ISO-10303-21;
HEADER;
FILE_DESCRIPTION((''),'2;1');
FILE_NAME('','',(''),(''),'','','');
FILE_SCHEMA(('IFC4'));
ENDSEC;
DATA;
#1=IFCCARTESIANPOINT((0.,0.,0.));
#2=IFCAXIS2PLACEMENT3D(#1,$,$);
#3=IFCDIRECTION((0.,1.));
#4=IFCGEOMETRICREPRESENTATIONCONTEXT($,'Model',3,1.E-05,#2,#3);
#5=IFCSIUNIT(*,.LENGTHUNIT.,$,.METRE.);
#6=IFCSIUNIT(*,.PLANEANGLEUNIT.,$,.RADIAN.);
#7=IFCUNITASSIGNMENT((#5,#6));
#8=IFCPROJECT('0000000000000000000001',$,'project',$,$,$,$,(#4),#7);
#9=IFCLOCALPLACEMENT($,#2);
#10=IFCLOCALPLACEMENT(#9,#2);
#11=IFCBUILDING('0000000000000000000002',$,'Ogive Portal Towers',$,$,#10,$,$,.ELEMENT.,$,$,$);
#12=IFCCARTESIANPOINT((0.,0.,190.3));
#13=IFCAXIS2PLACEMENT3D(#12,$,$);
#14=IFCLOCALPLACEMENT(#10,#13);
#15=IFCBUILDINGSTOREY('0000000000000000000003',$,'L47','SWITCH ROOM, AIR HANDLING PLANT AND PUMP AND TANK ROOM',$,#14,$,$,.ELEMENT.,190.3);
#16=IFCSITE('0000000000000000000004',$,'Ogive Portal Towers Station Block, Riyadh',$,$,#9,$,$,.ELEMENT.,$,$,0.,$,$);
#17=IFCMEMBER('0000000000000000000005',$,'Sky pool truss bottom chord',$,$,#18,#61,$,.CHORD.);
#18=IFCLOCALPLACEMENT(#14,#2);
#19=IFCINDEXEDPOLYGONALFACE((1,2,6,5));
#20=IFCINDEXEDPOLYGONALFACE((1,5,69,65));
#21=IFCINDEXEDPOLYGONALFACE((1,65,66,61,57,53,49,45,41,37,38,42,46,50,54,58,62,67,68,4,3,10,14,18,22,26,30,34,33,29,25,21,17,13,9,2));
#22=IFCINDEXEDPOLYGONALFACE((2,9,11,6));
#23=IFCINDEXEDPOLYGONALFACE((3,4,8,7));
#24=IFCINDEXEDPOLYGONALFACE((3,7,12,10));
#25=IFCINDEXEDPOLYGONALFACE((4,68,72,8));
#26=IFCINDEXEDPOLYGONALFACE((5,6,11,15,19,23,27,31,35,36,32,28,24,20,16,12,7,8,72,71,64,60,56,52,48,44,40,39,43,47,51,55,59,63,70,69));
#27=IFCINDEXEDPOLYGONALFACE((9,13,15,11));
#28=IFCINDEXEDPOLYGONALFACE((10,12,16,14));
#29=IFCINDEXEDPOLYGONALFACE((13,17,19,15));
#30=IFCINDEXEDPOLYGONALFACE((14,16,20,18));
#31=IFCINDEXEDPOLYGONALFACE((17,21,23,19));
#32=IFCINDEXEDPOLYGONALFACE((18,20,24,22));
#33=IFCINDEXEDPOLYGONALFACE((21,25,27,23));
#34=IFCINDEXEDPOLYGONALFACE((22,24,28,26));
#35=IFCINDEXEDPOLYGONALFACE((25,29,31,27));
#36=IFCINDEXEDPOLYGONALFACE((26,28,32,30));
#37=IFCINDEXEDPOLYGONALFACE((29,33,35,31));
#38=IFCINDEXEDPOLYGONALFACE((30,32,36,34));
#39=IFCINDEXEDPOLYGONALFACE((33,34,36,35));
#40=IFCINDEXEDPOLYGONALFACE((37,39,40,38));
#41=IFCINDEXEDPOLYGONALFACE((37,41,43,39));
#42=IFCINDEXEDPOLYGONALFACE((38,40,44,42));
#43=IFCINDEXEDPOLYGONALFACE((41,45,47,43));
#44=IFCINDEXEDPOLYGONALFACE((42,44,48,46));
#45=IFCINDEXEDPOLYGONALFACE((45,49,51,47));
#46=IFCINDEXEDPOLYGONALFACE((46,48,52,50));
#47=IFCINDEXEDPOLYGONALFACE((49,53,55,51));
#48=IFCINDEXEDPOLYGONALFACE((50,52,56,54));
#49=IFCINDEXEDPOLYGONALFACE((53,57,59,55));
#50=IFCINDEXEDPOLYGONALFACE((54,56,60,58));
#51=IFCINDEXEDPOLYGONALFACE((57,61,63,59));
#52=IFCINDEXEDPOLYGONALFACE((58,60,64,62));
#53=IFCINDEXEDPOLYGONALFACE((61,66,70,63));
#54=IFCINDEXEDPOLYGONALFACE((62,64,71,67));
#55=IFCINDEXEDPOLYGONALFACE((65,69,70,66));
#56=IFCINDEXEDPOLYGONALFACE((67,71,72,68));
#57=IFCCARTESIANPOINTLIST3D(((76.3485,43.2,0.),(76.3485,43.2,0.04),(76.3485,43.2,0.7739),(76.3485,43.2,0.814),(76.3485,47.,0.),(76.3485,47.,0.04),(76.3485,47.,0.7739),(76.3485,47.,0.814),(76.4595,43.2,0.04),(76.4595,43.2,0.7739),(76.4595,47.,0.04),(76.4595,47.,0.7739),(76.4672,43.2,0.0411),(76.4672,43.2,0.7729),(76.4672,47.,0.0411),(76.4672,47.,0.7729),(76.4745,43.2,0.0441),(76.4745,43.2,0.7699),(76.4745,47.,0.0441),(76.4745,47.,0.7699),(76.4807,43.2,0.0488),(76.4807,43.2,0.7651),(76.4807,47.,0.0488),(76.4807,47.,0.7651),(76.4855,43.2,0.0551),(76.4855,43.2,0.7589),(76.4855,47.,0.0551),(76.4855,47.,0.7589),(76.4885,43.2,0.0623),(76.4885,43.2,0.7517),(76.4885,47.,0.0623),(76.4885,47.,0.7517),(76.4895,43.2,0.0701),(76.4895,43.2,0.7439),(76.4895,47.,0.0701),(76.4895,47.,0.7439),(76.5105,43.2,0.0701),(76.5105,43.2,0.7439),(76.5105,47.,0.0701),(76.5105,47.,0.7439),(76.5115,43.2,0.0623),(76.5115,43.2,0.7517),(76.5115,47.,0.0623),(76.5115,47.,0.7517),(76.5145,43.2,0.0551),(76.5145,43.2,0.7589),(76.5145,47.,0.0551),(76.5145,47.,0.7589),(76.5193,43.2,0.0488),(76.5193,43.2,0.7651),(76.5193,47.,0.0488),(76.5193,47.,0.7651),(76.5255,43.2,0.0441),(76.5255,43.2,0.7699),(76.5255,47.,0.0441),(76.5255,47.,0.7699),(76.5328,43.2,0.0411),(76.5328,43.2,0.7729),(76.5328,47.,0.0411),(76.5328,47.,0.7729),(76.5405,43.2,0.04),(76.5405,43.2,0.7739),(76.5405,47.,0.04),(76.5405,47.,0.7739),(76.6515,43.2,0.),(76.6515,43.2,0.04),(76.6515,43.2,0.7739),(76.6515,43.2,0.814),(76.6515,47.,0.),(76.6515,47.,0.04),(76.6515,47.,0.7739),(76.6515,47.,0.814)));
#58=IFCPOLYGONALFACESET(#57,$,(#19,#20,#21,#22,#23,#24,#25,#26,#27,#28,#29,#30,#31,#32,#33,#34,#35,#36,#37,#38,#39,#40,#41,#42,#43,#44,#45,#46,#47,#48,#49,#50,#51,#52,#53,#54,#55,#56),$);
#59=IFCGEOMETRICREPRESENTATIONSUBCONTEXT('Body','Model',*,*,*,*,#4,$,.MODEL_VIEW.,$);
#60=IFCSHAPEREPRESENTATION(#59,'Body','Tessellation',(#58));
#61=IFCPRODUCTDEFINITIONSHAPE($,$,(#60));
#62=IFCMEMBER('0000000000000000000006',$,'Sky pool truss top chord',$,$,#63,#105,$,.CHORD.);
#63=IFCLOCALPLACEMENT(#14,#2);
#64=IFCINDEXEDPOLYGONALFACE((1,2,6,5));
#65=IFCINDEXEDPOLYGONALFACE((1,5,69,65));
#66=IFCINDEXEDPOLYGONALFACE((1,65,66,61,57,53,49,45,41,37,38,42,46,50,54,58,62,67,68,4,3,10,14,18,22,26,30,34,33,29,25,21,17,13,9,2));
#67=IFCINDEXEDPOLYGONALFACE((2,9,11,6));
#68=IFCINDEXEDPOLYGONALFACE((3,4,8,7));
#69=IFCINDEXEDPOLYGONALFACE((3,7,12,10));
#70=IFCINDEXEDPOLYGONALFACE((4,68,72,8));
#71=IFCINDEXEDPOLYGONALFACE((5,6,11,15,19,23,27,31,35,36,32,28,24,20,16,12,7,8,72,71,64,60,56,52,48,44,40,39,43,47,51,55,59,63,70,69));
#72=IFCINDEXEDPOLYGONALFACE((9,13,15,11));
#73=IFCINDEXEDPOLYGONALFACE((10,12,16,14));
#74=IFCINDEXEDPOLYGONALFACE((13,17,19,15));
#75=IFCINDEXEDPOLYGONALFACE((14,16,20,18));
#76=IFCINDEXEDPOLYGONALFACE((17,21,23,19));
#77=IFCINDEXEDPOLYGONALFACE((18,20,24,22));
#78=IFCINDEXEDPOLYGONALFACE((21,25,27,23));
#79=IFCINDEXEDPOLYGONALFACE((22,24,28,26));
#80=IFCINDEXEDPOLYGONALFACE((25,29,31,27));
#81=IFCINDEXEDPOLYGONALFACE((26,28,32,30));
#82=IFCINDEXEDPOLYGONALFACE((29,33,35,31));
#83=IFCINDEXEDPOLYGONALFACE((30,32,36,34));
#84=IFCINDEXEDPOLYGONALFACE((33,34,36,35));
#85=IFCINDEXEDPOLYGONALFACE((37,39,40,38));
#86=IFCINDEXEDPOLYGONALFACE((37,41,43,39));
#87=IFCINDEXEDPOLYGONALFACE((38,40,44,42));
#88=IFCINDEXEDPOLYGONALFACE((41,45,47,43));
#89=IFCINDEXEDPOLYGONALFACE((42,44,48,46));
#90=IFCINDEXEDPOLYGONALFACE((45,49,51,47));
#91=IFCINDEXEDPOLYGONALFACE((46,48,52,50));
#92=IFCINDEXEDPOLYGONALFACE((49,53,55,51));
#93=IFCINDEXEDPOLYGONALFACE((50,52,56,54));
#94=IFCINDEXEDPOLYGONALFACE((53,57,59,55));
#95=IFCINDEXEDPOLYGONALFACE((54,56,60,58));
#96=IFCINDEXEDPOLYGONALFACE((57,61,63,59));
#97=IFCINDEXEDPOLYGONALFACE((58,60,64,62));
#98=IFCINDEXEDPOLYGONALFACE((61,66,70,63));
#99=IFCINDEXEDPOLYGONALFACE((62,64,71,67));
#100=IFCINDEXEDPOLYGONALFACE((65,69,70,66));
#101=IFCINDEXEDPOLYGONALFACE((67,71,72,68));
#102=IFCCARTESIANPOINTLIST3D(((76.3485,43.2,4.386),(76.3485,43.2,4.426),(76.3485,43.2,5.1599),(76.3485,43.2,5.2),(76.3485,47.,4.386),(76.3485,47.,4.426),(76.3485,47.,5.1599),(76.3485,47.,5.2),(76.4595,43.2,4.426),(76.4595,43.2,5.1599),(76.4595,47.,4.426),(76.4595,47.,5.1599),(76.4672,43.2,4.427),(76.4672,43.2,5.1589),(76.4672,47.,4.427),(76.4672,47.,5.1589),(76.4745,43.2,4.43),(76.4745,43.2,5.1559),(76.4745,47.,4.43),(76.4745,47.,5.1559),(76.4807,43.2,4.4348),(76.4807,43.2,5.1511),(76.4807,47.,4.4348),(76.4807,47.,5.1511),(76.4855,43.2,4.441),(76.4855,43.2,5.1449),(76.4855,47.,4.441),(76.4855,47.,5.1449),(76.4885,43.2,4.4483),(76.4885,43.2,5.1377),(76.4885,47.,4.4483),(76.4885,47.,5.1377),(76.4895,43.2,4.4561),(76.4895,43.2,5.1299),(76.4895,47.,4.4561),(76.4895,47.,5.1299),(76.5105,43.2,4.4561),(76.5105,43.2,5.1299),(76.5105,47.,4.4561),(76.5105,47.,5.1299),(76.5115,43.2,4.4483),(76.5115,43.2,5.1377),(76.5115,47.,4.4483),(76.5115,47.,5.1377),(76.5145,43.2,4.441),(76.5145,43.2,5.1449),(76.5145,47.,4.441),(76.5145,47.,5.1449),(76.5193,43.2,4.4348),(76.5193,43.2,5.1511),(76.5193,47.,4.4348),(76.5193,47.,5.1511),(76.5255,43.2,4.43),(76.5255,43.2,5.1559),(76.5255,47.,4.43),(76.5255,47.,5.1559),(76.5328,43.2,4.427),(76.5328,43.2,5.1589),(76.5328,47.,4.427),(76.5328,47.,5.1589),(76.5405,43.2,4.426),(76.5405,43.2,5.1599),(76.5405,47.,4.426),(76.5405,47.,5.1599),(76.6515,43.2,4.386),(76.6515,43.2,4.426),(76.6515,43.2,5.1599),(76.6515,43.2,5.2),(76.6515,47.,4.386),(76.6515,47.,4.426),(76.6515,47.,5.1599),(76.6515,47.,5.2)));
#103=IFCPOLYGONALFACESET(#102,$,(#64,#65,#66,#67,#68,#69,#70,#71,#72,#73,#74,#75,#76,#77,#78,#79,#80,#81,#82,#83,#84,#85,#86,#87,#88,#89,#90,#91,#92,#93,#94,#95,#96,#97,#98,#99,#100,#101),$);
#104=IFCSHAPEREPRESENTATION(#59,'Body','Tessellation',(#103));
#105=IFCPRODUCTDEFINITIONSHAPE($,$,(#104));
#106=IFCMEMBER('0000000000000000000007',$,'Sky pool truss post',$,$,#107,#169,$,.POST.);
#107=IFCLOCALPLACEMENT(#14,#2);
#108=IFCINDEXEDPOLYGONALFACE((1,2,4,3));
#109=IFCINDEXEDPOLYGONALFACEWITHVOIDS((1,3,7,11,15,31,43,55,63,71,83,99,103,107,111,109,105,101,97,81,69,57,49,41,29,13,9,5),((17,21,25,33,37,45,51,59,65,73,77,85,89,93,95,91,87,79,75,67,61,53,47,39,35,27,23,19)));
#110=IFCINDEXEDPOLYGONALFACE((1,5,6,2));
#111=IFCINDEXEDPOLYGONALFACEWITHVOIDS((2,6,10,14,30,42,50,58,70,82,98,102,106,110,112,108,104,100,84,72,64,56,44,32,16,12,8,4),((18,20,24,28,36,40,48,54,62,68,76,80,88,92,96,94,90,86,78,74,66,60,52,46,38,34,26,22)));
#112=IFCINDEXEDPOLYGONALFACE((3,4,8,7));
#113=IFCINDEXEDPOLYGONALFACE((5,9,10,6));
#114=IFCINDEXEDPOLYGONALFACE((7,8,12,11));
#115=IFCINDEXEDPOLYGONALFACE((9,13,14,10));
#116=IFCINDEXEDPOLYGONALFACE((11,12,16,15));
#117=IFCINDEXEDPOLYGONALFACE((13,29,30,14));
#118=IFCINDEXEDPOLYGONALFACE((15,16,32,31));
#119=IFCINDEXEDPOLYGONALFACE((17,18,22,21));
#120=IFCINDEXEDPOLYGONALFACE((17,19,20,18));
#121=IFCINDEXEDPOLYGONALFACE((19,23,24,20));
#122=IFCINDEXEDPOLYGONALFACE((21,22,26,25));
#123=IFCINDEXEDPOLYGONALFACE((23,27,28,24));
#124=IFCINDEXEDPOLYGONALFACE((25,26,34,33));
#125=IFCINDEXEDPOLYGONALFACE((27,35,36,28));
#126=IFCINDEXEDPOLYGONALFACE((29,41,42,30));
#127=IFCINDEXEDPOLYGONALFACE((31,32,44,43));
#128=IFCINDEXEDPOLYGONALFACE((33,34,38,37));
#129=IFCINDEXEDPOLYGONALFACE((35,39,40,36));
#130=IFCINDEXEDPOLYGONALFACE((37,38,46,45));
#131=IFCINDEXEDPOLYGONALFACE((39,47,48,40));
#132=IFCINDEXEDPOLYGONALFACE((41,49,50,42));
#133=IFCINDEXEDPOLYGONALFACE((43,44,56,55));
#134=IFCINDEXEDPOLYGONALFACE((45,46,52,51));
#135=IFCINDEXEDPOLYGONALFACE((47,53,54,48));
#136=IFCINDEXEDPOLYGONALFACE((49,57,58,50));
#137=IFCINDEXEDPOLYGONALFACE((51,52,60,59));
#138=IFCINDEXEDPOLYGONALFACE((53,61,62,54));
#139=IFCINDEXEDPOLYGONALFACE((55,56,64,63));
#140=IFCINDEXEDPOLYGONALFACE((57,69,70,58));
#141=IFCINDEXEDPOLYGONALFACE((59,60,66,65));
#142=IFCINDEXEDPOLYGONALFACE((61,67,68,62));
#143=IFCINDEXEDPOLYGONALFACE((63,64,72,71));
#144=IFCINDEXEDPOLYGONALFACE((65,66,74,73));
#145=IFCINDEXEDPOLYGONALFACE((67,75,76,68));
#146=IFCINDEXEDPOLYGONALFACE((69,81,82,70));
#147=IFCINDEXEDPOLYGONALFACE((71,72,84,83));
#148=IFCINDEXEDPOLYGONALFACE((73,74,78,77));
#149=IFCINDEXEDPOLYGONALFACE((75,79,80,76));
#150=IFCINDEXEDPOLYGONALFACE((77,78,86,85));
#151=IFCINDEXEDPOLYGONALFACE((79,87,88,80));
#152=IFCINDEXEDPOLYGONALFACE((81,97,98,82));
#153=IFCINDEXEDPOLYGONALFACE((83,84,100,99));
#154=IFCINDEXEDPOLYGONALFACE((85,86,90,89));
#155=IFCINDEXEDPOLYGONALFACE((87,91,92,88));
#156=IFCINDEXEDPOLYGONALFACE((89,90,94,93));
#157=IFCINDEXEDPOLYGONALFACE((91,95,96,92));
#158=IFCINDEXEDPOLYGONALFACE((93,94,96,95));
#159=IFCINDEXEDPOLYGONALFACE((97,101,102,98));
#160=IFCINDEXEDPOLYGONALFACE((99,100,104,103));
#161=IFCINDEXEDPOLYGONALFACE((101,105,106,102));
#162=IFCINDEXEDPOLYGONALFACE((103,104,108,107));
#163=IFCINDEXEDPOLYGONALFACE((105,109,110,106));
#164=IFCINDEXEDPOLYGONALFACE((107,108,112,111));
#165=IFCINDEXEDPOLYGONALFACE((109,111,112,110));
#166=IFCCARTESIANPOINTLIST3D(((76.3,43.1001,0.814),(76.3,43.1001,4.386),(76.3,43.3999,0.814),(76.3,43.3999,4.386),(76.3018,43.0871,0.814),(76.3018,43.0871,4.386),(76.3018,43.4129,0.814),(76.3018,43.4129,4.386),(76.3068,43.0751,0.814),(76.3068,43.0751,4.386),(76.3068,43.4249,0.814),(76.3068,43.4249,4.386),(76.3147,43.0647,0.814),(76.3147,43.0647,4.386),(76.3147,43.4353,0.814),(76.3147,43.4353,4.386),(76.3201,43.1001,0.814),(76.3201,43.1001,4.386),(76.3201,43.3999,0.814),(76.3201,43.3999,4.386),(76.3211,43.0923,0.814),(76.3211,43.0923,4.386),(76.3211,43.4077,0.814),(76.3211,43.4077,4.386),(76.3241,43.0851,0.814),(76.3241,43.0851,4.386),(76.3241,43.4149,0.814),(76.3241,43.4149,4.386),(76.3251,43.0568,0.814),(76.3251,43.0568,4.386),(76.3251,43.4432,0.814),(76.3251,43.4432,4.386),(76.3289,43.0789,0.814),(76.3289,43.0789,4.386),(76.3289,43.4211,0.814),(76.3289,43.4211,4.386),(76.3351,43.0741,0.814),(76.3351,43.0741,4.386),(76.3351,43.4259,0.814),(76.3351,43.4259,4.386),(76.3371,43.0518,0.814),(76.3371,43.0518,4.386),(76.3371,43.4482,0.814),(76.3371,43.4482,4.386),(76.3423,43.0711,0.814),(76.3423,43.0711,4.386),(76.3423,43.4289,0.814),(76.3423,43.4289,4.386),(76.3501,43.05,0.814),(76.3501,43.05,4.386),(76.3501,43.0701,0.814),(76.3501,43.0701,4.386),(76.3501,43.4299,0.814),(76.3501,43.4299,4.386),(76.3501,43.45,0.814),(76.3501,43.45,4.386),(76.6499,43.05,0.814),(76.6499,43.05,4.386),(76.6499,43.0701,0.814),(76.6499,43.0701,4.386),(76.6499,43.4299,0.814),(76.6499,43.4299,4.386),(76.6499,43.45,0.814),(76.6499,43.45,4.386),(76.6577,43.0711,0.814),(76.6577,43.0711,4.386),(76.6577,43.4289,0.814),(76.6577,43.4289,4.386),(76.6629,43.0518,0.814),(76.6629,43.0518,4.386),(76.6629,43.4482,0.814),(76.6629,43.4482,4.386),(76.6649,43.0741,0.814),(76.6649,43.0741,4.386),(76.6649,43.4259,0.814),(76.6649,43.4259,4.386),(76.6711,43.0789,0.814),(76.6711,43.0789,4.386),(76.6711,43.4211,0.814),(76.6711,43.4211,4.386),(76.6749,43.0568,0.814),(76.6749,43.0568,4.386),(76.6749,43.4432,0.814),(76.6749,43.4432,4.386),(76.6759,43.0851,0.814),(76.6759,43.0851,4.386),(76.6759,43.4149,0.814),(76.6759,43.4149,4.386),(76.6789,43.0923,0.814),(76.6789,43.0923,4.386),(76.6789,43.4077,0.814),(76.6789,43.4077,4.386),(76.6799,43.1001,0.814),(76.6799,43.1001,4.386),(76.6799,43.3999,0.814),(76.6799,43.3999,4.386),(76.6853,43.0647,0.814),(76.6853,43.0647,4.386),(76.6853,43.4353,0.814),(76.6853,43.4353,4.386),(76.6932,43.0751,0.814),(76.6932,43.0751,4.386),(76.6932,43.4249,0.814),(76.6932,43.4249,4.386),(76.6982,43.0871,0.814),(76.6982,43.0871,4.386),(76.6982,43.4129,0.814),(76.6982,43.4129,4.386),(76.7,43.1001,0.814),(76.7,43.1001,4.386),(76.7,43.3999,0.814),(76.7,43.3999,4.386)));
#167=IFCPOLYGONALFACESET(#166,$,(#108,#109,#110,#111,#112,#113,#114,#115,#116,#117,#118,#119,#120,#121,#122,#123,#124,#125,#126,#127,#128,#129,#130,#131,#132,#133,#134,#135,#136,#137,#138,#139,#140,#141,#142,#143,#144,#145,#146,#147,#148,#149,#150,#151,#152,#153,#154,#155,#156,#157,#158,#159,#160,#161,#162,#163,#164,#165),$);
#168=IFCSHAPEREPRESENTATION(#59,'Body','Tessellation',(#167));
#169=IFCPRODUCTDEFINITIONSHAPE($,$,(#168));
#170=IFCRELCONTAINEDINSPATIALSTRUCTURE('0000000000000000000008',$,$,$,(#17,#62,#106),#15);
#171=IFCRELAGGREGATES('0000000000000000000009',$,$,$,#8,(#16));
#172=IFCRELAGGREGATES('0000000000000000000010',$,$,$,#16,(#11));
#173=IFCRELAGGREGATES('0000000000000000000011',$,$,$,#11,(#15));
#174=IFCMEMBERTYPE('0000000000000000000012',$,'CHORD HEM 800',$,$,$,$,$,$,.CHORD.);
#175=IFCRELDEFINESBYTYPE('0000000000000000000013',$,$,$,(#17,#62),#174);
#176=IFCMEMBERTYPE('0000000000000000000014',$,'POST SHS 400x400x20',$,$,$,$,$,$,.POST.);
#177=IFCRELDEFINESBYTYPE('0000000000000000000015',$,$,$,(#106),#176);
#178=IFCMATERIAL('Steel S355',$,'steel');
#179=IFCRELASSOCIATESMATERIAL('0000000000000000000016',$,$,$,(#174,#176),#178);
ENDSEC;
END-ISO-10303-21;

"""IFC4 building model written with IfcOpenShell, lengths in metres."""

from ifc_helpers import new_model, si_unit, direction, frame, origin, origin_2d, place, context, subcontext, project, spatial, hollow_rectangle, i_section, extrude, material, material_profile, profile_set, type_object, element, save


model = new_model("IFC4")

# Units and contexts
model_context = context("Model", 3, precision=1e-05, world=origin(), true_north=direction((0.0, 1.0)))
body_context = subcontext(model_context, "Body", "Model", "MODEL_VIEW")
ifc_project = project(units=[si_unit("LENGTHUNIT", "METRE"), si_unit("PLANEANGLEUNIT", "RADIAN")], contexts=[model_context])

# Site, building, storey
site_placement = place(None, origin())
site = spatial("IfcSite", under=ifc_project, at=site_placement, Name="Ogive Portal Towers Station Block, Riyadh", CompositionType="ELEMENT", RefElevation=0.0)
building_placement = place(site_placement, origin())
building = spatial("IfcBuilding", under=site, at=building_placement, Name="Ogive Portal Towers", CompositionType="ELEMENT")
storey_placement = place(building_placement, frame((0.0, 0.0, 190.3)))
storey = spatial("IfcBuildingStorey", under=building, at=storey_placement, Name="L47", Description="SWITCH ROOM, AIR HANDLING PLANT AND PUMP AND TANK ROOM", CompositionType="ELEMENT", Elevation=190.3)

# Members
ifc_material_1 = material(Name="Steel S355", Category="steel")
ifc_material_profile_1 = material_profile(ifc_material_1, i_section(OverallWidth=0.303, OverallDepth=0.814, WebThickness=0.021, FlangeThickness=0.04, FilletRadius=0.03, at=origin_2d()), Name="HEM 800")
ifc_profile_set_1 = profile_set([ifc_material_profile_1], Name="Steel S355")
member_type_1 = type_object("IfcMemberType", Name="CHORD HEM 800", PredefinedType="CHORD", material=ifc_profile_set_1)
for number, where, z_axis, x_axis, name in (
    (1, (76.5, 43.2, 0.407), (0.0, 1.0, 0.0), (-1.0, 0.0, 0.0), "Sky pool truss bottom chord"),
    (2, (76.5, 43.2, 4.793), (0.0, 1.0, 0.0), (-1.0, 0.0, 0.0), "Sky pool truss top chord"),
):
    element("IfcMember", number, at=place(storey_placement, frame(where, z_axis=z_axis, x_axis=x_axis)), inside=storey, type_object=member_type_1, Name=name, PredefinedType="CHORD", context=body_context, shape_type="SweptSolid", body=[
        extrude(i_section(OverallWidth=0.303, OverallDepth=0.814, WebThickness=0.021, FlangeThickness=0.04, FilletRadius=0.03, at=origin_2d()), origin(), (0.0, 0.0, 1.0), 3.8),
    ])
ifc_material_profile_2 = material_profile(ifc_material_1, hollow_rectangle(XDim=0.3999, YDim=0.3999, WallThickness=0.02, InnerFilletRadius=0.03, OuterFilletRadius=0.05, at=origin_2d()), Name="SHS 400x400x20")
ifc_profile_set_2 = profile_set([ifc_material_profile_2], Name="Steel S355")
member_type_2 = type_object("IfcMemberType", Name="POST SHS 400x400x20", PredefinedType="POST", material=ifc_profile_set_2)
for number, where, z_axis, x_axis, name in (
    (3, (76.5, 43.25, 0.814), (0.0, 0.0, 1.0), (1.0, 0.0, 0.0), "Sky pool truss post"),
):
    element("IfcMember", number, at=place(storey_placement, frame(where, z_axis=z_axis, x_axis=x_axis)), inside=storey, type_object=member_type_2, Name=name, PredefinedType="POST", context=body_context, shape_type="SweptSolid", body=[
        extrude(hollow_rectangle(XDim=0.3999, YDim=0.3999, WallThickness=0.02, InnerFilletRadius=0.03, OuterFilletRadius=0.05, at=origin_2d()), origin(), (0.0, 0.0, 1.0), 3.572),
    ])

save(model, "model.ifc")
